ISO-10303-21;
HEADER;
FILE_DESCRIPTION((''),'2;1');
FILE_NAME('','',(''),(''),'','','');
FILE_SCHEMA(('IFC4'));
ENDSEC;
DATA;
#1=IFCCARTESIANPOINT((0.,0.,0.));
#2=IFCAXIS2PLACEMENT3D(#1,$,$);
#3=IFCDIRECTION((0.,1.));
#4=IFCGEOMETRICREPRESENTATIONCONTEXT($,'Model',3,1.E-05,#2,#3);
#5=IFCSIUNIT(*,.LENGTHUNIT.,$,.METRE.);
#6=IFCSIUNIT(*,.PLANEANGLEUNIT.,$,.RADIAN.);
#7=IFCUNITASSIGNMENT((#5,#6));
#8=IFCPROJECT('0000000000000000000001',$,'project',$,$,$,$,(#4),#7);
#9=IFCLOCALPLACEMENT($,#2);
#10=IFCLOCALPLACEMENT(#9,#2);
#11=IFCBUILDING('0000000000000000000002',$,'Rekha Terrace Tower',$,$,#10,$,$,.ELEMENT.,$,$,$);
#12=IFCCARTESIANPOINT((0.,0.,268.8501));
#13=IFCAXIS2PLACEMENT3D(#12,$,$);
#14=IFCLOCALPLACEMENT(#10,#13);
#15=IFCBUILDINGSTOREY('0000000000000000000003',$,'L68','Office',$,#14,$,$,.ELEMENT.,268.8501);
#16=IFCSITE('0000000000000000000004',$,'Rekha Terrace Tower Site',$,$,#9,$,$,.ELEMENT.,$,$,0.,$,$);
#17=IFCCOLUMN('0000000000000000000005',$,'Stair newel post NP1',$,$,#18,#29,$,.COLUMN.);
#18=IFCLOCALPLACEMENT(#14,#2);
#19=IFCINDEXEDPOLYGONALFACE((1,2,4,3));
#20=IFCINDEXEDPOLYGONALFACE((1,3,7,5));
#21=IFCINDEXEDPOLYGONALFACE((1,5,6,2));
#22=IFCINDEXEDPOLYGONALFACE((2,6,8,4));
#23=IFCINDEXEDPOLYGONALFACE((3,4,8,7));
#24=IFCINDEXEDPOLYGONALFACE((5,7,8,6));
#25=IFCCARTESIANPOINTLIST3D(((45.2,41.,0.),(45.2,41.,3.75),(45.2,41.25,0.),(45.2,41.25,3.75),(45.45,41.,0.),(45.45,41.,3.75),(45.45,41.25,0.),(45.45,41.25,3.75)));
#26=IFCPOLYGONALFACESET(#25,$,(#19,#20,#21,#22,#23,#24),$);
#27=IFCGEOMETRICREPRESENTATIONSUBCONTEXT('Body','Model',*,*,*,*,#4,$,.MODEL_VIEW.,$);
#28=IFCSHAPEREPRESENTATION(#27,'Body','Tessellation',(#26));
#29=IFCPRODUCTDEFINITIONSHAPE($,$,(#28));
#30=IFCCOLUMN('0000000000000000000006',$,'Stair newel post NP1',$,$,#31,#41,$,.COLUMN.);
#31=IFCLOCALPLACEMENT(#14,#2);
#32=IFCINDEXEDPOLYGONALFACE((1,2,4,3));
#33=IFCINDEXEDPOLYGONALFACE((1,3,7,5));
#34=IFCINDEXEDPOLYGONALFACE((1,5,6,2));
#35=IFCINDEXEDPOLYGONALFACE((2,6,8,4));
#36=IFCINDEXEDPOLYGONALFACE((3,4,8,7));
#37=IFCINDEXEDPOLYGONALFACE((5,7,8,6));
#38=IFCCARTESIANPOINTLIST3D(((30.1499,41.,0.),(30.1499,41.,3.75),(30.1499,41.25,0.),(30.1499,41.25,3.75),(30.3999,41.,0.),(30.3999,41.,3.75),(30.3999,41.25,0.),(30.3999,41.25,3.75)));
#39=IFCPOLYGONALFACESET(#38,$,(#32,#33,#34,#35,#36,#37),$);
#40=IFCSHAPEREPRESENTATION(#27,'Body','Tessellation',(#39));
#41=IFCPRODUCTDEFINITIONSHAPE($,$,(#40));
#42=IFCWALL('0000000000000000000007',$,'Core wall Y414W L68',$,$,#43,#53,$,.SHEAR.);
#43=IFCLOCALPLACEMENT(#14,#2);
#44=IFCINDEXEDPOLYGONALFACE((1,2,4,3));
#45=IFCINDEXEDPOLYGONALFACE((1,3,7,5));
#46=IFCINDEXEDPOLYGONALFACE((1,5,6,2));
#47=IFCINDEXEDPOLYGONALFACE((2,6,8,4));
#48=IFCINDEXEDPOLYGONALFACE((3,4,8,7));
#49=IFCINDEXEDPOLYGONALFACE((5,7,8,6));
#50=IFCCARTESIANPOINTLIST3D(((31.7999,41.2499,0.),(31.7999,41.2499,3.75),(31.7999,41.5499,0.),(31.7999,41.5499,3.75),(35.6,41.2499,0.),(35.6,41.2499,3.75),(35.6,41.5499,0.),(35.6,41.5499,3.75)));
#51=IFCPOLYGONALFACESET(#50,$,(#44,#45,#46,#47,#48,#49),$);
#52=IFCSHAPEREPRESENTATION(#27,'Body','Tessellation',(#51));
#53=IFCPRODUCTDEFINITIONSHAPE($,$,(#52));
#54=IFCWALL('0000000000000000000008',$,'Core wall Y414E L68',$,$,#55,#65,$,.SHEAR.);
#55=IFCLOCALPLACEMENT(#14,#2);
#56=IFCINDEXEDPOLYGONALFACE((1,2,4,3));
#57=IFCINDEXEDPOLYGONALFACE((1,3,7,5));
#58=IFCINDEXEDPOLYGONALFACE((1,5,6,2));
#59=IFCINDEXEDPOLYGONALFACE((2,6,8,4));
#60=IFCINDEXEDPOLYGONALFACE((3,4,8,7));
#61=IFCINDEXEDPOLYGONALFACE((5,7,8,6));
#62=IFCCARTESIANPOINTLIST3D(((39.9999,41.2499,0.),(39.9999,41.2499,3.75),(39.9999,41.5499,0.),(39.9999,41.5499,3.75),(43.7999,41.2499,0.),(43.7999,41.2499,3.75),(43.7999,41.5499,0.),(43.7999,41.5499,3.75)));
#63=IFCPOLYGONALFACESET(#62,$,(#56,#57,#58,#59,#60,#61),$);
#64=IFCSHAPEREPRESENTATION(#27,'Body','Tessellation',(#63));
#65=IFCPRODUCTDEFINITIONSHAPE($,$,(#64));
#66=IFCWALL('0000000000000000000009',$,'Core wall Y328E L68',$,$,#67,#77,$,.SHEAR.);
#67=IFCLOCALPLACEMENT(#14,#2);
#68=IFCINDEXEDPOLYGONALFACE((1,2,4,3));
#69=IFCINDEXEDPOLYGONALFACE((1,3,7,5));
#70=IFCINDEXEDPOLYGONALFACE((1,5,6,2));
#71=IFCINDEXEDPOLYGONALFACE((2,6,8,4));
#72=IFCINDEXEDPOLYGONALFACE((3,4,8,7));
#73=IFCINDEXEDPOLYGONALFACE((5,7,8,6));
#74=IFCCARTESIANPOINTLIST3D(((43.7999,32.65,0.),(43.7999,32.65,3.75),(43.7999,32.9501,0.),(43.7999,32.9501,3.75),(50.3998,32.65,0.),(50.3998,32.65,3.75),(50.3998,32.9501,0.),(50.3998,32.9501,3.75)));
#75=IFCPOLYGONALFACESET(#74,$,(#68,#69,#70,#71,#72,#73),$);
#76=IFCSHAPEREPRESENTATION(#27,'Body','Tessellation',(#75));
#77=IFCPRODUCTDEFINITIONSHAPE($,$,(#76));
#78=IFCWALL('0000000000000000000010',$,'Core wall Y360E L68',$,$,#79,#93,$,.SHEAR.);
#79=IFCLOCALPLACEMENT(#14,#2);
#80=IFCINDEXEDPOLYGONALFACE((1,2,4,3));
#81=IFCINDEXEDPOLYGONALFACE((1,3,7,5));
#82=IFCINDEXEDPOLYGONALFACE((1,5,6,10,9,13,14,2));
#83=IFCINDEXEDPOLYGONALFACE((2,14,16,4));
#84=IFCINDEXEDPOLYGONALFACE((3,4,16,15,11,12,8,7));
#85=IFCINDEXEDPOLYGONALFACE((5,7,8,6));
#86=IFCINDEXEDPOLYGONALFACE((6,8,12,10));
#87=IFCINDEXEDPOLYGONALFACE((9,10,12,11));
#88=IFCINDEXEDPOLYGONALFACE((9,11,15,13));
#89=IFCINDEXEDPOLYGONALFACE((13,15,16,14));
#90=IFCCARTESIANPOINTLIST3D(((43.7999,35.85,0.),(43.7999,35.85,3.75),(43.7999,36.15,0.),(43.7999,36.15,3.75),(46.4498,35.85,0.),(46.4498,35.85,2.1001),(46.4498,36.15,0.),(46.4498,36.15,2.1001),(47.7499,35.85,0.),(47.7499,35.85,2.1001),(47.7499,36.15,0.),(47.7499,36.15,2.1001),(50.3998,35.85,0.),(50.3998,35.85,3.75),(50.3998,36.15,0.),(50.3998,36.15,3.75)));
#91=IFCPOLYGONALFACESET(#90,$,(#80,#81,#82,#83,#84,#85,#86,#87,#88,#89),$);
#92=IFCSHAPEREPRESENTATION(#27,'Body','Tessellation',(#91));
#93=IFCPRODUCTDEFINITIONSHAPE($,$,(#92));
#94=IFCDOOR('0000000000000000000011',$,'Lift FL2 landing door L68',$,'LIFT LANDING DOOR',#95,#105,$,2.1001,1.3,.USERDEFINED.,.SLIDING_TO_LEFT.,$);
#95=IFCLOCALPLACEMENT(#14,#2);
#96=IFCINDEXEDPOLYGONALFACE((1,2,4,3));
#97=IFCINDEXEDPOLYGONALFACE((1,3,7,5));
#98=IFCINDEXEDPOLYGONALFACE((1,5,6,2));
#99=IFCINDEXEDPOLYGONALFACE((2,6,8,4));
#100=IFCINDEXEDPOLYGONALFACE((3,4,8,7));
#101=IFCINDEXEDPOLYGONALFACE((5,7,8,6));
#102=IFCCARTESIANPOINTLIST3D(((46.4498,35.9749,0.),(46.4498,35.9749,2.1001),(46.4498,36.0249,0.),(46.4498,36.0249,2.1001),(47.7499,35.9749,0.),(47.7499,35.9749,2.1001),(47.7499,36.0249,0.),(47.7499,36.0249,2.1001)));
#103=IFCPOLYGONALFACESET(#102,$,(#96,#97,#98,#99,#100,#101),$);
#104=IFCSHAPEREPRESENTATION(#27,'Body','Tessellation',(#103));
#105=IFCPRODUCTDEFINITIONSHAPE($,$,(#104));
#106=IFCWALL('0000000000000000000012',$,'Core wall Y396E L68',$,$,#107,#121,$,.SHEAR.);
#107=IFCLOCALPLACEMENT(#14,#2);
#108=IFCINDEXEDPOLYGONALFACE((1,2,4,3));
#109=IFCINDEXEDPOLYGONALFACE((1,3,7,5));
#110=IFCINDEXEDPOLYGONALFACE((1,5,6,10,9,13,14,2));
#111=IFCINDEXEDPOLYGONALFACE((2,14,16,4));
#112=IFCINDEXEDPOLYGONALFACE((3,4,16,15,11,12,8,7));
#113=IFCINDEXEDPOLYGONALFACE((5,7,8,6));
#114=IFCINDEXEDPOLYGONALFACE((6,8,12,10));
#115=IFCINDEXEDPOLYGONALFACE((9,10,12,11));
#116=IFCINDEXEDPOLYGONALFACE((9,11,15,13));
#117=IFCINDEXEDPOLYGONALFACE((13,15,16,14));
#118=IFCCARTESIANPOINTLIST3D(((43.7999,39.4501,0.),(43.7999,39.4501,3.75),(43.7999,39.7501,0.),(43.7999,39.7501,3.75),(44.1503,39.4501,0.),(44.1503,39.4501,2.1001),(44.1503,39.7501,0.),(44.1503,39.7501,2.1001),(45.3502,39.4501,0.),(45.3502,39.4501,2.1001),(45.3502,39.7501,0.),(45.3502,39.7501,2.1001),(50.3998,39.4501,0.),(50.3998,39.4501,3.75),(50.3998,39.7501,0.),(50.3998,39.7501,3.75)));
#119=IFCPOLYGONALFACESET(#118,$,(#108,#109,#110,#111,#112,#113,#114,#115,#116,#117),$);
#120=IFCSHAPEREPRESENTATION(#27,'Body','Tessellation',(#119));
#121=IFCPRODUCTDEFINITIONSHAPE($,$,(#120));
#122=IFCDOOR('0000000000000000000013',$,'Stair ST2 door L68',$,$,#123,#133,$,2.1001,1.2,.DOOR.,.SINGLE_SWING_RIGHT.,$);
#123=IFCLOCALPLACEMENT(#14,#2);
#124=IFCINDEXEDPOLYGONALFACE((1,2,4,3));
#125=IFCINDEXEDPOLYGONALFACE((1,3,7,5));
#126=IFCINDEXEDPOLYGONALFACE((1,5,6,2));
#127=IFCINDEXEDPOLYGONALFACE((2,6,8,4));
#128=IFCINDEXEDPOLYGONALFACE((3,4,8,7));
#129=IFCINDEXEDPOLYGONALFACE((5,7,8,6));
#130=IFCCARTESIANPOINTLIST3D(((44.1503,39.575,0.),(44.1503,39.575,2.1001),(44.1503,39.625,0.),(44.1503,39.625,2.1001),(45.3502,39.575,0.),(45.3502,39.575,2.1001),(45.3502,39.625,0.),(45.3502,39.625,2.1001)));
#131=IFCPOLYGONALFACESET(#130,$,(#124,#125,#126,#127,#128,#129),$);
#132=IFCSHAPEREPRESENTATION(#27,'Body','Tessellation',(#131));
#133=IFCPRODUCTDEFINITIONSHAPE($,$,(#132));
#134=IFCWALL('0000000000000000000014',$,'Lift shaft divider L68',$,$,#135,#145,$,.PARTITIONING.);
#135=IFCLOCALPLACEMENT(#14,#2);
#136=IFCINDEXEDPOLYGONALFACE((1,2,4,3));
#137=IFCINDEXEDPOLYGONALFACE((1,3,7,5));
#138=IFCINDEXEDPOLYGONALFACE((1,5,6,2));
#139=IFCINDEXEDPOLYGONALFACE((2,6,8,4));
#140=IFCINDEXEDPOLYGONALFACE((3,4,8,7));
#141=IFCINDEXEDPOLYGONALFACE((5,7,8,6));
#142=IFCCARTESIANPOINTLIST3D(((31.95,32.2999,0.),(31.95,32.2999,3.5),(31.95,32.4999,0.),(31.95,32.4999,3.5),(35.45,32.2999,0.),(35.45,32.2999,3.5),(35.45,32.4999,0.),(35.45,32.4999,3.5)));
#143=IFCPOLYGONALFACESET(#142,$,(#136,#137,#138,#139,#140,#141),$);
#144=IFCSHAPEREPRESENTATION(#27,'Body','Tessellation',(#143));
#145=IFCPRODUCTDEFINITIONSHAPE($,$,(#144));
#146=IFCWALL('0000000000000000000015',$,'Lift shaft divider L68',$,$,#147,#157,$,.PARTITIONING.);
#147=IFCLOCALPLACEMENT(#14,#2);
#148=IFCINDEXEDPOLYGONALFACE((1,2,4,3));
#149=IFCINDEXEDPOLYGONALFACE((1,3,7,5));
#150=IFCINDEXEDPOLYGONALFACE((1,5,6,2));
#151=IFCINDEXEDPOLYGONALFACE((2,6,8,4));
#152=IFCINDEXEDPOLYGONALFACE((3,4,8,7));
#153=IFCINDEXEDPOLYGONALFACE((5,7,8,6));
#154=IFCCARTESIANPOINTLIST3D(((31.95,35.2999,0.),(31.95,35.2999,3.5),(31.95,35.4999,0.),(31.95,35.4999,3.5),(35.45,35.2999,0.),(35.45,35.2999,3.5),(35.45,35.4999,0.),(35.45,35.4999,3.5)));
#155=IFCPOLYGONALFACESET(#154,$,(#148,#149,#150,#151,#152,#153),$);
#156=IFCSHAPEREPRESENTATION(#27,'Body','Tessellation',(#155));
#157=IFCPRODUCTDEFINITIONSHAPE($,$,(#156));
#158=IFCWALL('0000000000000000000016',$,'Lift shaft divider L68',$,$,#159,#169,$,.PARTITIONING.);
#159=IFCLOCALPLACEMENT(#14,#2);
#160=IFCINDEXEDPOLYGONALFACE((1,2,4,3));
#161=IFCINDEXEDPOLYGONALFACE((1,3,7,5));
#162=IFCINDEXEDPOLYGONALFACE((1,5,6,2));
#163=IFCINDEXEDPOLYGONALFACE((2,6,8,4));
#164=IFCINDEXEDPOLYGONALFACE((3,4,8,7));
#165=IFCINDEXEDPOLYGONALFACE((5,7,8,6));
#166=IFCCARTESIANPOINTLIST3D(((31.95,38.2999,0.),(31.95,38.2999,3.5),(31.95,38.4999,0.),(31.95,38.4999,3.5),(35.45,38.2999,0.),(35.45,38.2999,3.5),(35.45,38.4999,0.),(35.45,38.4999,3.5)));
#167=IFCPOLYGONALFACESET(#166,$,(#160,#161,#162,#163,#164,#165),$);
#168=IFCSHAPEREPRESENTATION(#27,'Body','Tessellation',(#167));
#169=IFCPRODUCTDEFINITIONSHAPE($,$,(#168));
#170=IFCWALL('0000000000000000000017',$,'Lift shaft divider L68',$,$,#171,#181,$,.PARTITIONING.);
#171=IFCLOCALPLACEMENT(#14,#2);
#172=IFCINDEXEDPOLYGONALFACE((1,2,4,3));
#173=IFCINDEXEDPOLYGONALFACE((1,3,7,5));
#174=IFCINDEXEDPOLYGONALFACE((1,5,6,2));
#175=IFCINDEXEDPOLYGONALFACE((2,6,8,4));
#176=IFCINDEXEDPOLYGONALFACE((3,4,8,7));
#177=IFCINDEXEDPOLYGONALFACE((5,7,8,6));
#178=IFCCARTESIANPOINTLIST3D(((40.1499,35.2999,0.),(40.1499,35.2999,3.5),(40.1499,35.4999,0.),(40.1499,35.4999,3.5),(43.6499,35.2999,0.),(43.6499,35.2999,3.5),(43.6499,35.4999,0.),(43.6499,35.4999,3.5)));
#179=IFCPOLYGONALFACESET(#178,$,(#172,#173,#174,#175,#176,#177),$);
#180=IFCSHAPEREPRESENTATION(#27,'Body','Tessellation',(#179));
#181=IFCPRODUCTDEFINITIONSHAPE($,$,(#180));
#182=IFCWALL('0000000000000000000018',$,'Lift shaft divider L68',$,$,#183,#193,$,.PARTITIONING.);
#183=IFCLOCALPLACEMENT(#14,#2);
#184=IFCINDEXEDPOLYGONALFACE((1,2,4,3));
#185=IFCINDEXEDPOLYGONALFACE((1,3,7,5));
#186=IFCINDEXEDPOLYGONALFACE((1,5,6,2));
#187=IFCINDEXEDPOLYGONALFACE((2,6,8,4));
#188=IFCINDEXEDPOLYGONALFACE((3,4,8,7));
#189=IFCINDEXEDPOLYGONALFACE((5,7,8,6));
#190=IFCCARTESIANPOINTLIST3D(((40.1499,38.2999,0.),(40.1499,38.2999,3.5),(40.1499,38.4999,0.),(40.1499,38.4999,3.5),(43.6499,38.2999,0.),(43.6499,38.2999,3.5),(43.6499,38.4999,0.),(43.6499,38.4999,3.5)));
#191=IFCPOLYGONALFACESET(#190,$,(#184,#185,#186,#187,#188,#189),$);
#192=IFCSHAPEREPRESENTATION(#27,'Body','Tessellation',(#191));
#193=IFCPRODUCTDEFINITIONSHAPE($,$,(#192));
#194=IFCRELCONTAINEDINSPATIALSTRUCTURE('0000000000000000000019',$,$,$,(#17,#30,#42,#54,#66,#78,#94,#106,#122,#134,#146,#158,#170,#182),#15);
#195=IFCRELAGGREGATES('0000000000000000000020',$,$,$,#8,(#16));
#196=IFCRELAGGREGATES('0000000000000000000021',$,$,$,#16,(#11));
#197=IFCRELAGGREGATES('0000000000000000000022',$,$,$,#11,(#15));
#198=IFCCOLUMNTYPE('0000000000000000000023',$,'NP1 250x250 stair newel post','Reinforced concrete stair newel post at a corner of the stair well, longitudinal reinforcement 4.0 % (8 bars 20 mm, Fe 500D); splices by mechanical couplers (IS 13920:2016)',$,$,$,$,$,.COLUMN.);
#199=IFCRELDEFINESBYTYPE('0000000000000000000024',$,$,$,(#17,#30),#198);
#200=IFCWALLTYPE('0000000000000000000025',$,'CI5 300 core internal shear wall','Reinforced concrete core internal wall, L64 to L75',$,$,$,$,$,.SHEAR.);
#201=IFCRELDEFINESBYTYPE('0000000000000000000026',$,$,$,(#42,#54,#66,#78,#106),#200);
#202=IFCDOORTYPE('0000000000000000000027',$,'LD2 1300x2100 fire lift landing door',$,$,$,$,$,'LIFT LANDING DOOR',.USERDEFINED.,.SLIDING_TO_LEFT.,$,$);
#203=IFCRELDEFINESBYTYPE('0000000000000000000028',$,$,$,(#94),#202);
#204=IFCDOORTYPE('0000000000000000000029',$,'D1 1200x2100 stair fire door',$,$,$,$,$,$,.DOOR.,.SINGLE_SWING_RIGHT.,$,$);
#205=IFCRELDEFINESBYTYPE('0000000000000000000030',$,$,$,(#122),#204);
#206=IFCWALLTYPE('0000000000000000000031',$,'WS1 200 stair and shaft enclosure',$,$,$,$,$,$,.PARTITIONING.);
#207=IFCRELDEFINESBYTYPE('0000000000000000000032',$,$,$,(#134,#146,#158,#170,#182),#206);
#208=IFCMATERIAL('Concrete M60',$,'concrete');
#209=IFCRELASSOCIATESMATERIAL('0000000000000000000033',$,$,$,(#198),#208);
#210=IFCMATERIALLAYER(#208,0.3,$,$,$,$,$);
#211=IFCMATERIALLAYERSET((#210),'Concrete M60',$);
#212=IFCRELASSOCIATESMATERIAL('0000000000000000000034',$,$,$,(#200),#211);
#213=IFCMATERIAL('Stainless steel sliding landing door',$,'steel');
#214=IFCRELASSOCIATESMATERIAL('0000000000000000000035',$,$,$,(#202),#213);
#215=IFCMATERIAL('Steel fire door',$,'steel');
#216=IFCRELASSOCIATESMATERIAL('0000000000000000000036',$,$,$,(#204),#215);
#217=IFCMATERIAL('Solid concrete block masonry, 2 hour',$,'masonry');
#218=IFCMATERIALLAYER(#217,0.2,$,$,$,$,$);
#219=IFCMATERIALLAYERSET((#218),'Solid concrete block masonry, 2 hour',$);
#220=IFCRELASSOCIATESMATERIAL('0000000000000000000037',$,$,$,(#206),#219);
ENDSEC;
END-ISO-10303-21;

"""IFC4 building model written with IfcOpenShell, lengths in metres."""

from ifc_helpers import new_model, si_unit, direction, frame, frame_2d, origin, origin_2d, place, context, subcontext, project, spatial, rectangle, extrude, material, layer, layer_set, material_profile, profile_set, type_object, element, fill, save


model = new_model("IFC4")

# Units and contexts
model_context = context("Model", 3, precision=1e-05, world=origin(), true_north=direction((0.0, 1.0)))
body_context = subcontext(model_context, "Body", "Model", "MODEL_VIEW")
ifc_project = project(units=[si_unit("LENGTHUNIT", "METRE"), si_unit("PLANEANGLEUNIT", "RADIAN")], contexts=[model_context])

# Site, building, storey
site_placement = place(None, origin())
site = spatial("IfcSite", under=ifc_project, at=site_placement, Name="Rekha Terrace Tower Site", CompositionType="ELEMENT", RefElevation=0.0)
building_placement = place(site_placement, origin())
building = spatial("IfcBuilding", under=site, at=building_placement, Name="Rekha Terrace Tower", CompositionType="ELEMENT")
storey_placement = place(building_placement, frame((0.0, 0.0, 268.8501)))
storey = spatial("IfcBuildingStorey", under=building, at=storey_placement, Name="L68", Description="Office", CompositionType="ELEMENT", Elevation=268.8501)

# Columns
ifc_material_1 = material(Name="Concrete M60", Category="concrete")
ifc_material_profile = material_profile(ifc_material_1, rectangle(XDim=0.25, YDim=0.25, at=origin_2d()), Name="RC 250x250")
ifc_profile_set = profile_set([ifc_material_profile], Name="Concrete M60")
column_type = type_object("IfcColumnType", Name="NP1 250x250 stair newel post", Description="Reinforced concrete stair newel post at a corner of the stair well, longitudinal reinforcement 4.0 % (8 bars 20 mm, Fe 500D); splices by mechanical couplers (IS 13920:2016)", PredefinedType="COLUMN", material=ifc_profile_set)
for number, where, z_axis, x_axis, name in (
    (1, (45.325, 41.125, 0.0), (0.0, 0.0, 1.0), (1.0, 0.0, 0.0), "Stair newel post NP1"),
    (2, (30.2749, 41.125, 0.0), (0.0, 0.0, 1.0), (1.0, 0.0, 0.0), "Stair newel post NP1"),
):
    element("IfcColumn", number, at=place(storey_placement, frame(where, z_axis=z_axis, x_axis=x_axis)), inside=storey, type_object=column_type, Name=name, PredefinedType="COLUMN", context=body_context, shape_type="SweptSolid", body=[
        extrude(rectangle(XDim=0.25, YDim=0.25, at=origin_2d()), origin(), (0.0, 0.0, 1.0), 3.75),
    ])

# Walls
ifc_layer_1 = layer(ifc_material_1, 0.3)
ifc_layer_set_1 = layer_set([ifc_layer_1], Name="Concrete M60")
wall_type_1 = type_object("IfcWallType", Name="CI5 300 core internal shear wall", Description="Reinforced concrete core internal wall, L64 to L75", PredefinedType="SHEAR", material=ifc_layer_set_1)
for number, where, z_axis, x_axis, name in (
    (3, (31.8, 41.3999, 0.0), (0.0, 0.0, 1.0), (1.0, 0.0, 0.0), "Core wall Y414W L68"),
    (4, (40.0, 41.3999, 0.0), (0.0, 0.0, 1.0), (1.0, 0.0, 0.0), "Core wall Y414E L68"),
):
    element("IfcWall", number, at=place(storey_placement, frame(where, z_axis=z_axis, x_axis=x_axis)), inside=storey, type_object=wall_type_1, Name=name, PredefinedType="SHEAR", context=body_context, shape_type="SweptSolid", body=[
        extrude(rectangle(XDim=3.8, YDim=0.3, at=frame_2d((1.8999, 0.0))), origin(), (0.0, 0.0, 1.0), 3.75),
    ])
wall_1_placement = place(storey_placement, frame((43.8, 32.8, 0.0), z_axis=(0.0, 0.0, 1.0), x_axis=(1.0, 0.0, 0.0)))
element("IfcWall", 5, at=wall_1_placement, inside=storey, type_object=wall_type_1, Name="Core wall Y328E L68", PredefinedType="SHEAR", context=body_context, shape_type="SweptSolid", body=[
    extrude(rectangle(XDim=6.5999, YDim=0.3, at=frame_2d((3.2998, 0.0))), origin(), (0.0, 0.0, 1.0), 3.75),
])

# Walls, openings, doors
wall_2_placement = place(storey_placement, frame((43.8, 36.0, 0.0), z_axis=(0.0, 0.0, 1.0), x_axis=(1.0, 0.0, 0.0)))
wall_2 = element("IfcWall", 6, at=wall_2_placement, inside=storey, type_object=wall_type_1, Name="Core wall Y360E L68", PredefinedType="SHEAR", context=body_context, shape_type="SweptSolid", body=[
    extrude(rectangle(XDim=6.5999, YDim=0.3, at=frame_2d((3.2998, 0.0))), origin(), (0.0, 0.0, 1.0), 3.75),
])
opening_1_placement = place(wall_2_placement, frame((2.6499, 0.0, 0.0)))
opening_1 = element("IfcOpeningElement", 7, at=opening_1_placement, cuts=wall_2, PredefinedType="OPENING", context=body_context, shape_type="SweptSolid", body=[
    extrude(rectangle(XDim=1.3, YDim=2.1001, at=frame_2d((0.6499, 1.05))), frame((0.0, 0.1599, 0.0), z_axis=(0.0, -1.0, 0.0), x_axis=(1.0, 0.0, 0.0)), (0.0, 0.0, 1.0), 0.3201),
])
ifc_material_2 = material(Name="Stainless steel sliding landing door", Category="steel")
door_type_1 = type_object("IfcDoorType", Name="LD2 1300x2100 fire lift landing door", ElementType="LIFT LANDING DOOR", OperationType="SLIDING_TO_LEFT", PredefinedType="USERDEFINED", material=ifc_material_2)
door_1_placement = place(opening_1_placement, origin())
door_1 = element("IfcDoor", 8, at=door_1_placement, inside=storey, type_object=door_type_1, Name="Lift FL2 landing door L68", ObjectType="LIFT LANDING DOOR", OperationType="SLIDING_TO_LEFT", OverallHeight=2.1001, OverallWidth=1.3, PredefinedType="USERDEFINED", context=body_context, shape_type="SweptSolid", body=[
    extrude(rectangle(XDim=1.3, YDim=2.1001, at=frame_2d((0.6499, 1.05))), frame((0.0, 0.0249, 0.0), z_axis=(0.0, -1.0, 0.0), x_axis=(1.0, 0.0, 0.0)), (0.0, 0.0, 1.0), 0.05),
])
fill(opening_1, door_1)
wall_3_placement = place(storey_placement, frame((43.8, 39.6001, 0.0), z_axis=(0.0, 0.0, 1.0), x_axis=(1.0, 0.0, 0.0)))
wall_3 = element("IfcWall", 9, at=wall_3_placement, inside=storey, type_object=wall_type_1, Name="Core wall Y396E L68", PredefinedType="SHEAR", context=body_context, shape_type="SweptSolid", body=[
    extrude(rectangle(XDim=6.5999, YDim=0.3, at=frame_2d((3.2998, 0.0))), origin(), (0.0, 0.0, 1.0), 3.75),
])
opening_2_placement = place(wall_3_placement, frame((0.3501, 0.0, 0.0)))
opening_2 = element("IfcOpeningElement", 10, at=opening_2_placement, cuts=wall_3, PredefinedType="OPENING", context=body_context, shape_type="SweptSolid", body=[
    extrude(rectangle(XDim=1.2, YDim=2.1001, at=frame_2d((0.6001, 1.05))), frame((0.0, 0.1599, 0.0), z_axis=(0.0, -1.0, 0.0), x_axis=(1.0, 0.0, 0.0)), (0.0, 0.0, 1.0), 0.3201),
])
ifc_material_3 = material(Name="Steel fire door", Category="steel")
door_type_2 = type_object("IfcDoorType", Name="D1 1200x2100 stair fire door", OperationType="SINGLE_SWING_RIGHT", PredefinedType="DOOR", material=ifc_material_3)
door_2_placement = place(opening_2_placement, origin())
door_2 = element("IfcDoor", 11, at=door_2_placement, inside=storey, type_object=door_type_2, Name="Stair ST2 door L68", OperationType="SINGLE_SWING_RIGHT", OverallHeight=2.1001, OverallWidth=1.2, PredefinedType="DOOR", context=body_context, shape_type="SweptSolid", body=[
    extrude(rectangle(XDim=1.2, YDim=2.1001, at=frame_2d((0.6001, 1.05))), frame((0.0, 0.0249, 0.0), z_axis=(0.0, -1.0, 0.0), x_axis=(1.0, 0.0, 0.0)), (0.0, 0.0, 1.0), 0.05),
])
fill(opening_2, door_2)

# Walls
ifc_material_4 = material(Name="Solid concrete block masonry, 2 hour", Category="masonry")
ifc_layer_2 = layer(ifc_material_4, 0.2)
ifc_layer_set_2 = layer_set([ifc_layer_2], Name="Solid concrete block masonry, 2 hour")
wall_type_2 = type_object("IfcWallType", Name="WS1 200 stair and shaft enclosure", PredefinedType="PARTITIONING", material=ifc_layer_set_2)
for number, where, z_axis, x_axis, name in (
    (12, (31.95, 32.3999, 0.0), (0.0, 0.0, 1.0), (1.0, 0.0, 0.0), "Lift shaft divider L68"),
    (13, (31.95, 35.3999, 0.0), (0.0, 0.0, 1.0), (1.0, 0.0, 0.0), "Lift shaft divider L68"),
    (14, (31.95, 38.3999, 0.0), (0.0, 0.0, 1.0), (1.0, 0.0, 0.0), "Lift shaft divider L68"),
    (15, (40.1499, 35.3999, 0.0), (0.0, 0.0, 1.0), (1.0, 0.0, 0.0), "Lift shaft divider L68"),
    (16, (40.1499, 38.3999, 0.0), (0.0, 0.0, 1.0), (1.0, 0.0, 0.0), "Lift shaft divider L68"),
):
    element("IfcWall", number, at=place(storey_placement, frame(where, z_axis=z_axis, x_axis=x_axis)), inside=storey, type_object=wall_type_2, Name=name, PredefinedType="PARTITIONING", context=body_context, shape_type="SweptSolid", body=[
        extrude(rectangle(XDim=3.5, YDim=0.2, at=frame_2d((1.75, 0.0))), origin(), (0.0, 0.0, 1.0), 3.5),
    ])

save(model, "model.ifc")
